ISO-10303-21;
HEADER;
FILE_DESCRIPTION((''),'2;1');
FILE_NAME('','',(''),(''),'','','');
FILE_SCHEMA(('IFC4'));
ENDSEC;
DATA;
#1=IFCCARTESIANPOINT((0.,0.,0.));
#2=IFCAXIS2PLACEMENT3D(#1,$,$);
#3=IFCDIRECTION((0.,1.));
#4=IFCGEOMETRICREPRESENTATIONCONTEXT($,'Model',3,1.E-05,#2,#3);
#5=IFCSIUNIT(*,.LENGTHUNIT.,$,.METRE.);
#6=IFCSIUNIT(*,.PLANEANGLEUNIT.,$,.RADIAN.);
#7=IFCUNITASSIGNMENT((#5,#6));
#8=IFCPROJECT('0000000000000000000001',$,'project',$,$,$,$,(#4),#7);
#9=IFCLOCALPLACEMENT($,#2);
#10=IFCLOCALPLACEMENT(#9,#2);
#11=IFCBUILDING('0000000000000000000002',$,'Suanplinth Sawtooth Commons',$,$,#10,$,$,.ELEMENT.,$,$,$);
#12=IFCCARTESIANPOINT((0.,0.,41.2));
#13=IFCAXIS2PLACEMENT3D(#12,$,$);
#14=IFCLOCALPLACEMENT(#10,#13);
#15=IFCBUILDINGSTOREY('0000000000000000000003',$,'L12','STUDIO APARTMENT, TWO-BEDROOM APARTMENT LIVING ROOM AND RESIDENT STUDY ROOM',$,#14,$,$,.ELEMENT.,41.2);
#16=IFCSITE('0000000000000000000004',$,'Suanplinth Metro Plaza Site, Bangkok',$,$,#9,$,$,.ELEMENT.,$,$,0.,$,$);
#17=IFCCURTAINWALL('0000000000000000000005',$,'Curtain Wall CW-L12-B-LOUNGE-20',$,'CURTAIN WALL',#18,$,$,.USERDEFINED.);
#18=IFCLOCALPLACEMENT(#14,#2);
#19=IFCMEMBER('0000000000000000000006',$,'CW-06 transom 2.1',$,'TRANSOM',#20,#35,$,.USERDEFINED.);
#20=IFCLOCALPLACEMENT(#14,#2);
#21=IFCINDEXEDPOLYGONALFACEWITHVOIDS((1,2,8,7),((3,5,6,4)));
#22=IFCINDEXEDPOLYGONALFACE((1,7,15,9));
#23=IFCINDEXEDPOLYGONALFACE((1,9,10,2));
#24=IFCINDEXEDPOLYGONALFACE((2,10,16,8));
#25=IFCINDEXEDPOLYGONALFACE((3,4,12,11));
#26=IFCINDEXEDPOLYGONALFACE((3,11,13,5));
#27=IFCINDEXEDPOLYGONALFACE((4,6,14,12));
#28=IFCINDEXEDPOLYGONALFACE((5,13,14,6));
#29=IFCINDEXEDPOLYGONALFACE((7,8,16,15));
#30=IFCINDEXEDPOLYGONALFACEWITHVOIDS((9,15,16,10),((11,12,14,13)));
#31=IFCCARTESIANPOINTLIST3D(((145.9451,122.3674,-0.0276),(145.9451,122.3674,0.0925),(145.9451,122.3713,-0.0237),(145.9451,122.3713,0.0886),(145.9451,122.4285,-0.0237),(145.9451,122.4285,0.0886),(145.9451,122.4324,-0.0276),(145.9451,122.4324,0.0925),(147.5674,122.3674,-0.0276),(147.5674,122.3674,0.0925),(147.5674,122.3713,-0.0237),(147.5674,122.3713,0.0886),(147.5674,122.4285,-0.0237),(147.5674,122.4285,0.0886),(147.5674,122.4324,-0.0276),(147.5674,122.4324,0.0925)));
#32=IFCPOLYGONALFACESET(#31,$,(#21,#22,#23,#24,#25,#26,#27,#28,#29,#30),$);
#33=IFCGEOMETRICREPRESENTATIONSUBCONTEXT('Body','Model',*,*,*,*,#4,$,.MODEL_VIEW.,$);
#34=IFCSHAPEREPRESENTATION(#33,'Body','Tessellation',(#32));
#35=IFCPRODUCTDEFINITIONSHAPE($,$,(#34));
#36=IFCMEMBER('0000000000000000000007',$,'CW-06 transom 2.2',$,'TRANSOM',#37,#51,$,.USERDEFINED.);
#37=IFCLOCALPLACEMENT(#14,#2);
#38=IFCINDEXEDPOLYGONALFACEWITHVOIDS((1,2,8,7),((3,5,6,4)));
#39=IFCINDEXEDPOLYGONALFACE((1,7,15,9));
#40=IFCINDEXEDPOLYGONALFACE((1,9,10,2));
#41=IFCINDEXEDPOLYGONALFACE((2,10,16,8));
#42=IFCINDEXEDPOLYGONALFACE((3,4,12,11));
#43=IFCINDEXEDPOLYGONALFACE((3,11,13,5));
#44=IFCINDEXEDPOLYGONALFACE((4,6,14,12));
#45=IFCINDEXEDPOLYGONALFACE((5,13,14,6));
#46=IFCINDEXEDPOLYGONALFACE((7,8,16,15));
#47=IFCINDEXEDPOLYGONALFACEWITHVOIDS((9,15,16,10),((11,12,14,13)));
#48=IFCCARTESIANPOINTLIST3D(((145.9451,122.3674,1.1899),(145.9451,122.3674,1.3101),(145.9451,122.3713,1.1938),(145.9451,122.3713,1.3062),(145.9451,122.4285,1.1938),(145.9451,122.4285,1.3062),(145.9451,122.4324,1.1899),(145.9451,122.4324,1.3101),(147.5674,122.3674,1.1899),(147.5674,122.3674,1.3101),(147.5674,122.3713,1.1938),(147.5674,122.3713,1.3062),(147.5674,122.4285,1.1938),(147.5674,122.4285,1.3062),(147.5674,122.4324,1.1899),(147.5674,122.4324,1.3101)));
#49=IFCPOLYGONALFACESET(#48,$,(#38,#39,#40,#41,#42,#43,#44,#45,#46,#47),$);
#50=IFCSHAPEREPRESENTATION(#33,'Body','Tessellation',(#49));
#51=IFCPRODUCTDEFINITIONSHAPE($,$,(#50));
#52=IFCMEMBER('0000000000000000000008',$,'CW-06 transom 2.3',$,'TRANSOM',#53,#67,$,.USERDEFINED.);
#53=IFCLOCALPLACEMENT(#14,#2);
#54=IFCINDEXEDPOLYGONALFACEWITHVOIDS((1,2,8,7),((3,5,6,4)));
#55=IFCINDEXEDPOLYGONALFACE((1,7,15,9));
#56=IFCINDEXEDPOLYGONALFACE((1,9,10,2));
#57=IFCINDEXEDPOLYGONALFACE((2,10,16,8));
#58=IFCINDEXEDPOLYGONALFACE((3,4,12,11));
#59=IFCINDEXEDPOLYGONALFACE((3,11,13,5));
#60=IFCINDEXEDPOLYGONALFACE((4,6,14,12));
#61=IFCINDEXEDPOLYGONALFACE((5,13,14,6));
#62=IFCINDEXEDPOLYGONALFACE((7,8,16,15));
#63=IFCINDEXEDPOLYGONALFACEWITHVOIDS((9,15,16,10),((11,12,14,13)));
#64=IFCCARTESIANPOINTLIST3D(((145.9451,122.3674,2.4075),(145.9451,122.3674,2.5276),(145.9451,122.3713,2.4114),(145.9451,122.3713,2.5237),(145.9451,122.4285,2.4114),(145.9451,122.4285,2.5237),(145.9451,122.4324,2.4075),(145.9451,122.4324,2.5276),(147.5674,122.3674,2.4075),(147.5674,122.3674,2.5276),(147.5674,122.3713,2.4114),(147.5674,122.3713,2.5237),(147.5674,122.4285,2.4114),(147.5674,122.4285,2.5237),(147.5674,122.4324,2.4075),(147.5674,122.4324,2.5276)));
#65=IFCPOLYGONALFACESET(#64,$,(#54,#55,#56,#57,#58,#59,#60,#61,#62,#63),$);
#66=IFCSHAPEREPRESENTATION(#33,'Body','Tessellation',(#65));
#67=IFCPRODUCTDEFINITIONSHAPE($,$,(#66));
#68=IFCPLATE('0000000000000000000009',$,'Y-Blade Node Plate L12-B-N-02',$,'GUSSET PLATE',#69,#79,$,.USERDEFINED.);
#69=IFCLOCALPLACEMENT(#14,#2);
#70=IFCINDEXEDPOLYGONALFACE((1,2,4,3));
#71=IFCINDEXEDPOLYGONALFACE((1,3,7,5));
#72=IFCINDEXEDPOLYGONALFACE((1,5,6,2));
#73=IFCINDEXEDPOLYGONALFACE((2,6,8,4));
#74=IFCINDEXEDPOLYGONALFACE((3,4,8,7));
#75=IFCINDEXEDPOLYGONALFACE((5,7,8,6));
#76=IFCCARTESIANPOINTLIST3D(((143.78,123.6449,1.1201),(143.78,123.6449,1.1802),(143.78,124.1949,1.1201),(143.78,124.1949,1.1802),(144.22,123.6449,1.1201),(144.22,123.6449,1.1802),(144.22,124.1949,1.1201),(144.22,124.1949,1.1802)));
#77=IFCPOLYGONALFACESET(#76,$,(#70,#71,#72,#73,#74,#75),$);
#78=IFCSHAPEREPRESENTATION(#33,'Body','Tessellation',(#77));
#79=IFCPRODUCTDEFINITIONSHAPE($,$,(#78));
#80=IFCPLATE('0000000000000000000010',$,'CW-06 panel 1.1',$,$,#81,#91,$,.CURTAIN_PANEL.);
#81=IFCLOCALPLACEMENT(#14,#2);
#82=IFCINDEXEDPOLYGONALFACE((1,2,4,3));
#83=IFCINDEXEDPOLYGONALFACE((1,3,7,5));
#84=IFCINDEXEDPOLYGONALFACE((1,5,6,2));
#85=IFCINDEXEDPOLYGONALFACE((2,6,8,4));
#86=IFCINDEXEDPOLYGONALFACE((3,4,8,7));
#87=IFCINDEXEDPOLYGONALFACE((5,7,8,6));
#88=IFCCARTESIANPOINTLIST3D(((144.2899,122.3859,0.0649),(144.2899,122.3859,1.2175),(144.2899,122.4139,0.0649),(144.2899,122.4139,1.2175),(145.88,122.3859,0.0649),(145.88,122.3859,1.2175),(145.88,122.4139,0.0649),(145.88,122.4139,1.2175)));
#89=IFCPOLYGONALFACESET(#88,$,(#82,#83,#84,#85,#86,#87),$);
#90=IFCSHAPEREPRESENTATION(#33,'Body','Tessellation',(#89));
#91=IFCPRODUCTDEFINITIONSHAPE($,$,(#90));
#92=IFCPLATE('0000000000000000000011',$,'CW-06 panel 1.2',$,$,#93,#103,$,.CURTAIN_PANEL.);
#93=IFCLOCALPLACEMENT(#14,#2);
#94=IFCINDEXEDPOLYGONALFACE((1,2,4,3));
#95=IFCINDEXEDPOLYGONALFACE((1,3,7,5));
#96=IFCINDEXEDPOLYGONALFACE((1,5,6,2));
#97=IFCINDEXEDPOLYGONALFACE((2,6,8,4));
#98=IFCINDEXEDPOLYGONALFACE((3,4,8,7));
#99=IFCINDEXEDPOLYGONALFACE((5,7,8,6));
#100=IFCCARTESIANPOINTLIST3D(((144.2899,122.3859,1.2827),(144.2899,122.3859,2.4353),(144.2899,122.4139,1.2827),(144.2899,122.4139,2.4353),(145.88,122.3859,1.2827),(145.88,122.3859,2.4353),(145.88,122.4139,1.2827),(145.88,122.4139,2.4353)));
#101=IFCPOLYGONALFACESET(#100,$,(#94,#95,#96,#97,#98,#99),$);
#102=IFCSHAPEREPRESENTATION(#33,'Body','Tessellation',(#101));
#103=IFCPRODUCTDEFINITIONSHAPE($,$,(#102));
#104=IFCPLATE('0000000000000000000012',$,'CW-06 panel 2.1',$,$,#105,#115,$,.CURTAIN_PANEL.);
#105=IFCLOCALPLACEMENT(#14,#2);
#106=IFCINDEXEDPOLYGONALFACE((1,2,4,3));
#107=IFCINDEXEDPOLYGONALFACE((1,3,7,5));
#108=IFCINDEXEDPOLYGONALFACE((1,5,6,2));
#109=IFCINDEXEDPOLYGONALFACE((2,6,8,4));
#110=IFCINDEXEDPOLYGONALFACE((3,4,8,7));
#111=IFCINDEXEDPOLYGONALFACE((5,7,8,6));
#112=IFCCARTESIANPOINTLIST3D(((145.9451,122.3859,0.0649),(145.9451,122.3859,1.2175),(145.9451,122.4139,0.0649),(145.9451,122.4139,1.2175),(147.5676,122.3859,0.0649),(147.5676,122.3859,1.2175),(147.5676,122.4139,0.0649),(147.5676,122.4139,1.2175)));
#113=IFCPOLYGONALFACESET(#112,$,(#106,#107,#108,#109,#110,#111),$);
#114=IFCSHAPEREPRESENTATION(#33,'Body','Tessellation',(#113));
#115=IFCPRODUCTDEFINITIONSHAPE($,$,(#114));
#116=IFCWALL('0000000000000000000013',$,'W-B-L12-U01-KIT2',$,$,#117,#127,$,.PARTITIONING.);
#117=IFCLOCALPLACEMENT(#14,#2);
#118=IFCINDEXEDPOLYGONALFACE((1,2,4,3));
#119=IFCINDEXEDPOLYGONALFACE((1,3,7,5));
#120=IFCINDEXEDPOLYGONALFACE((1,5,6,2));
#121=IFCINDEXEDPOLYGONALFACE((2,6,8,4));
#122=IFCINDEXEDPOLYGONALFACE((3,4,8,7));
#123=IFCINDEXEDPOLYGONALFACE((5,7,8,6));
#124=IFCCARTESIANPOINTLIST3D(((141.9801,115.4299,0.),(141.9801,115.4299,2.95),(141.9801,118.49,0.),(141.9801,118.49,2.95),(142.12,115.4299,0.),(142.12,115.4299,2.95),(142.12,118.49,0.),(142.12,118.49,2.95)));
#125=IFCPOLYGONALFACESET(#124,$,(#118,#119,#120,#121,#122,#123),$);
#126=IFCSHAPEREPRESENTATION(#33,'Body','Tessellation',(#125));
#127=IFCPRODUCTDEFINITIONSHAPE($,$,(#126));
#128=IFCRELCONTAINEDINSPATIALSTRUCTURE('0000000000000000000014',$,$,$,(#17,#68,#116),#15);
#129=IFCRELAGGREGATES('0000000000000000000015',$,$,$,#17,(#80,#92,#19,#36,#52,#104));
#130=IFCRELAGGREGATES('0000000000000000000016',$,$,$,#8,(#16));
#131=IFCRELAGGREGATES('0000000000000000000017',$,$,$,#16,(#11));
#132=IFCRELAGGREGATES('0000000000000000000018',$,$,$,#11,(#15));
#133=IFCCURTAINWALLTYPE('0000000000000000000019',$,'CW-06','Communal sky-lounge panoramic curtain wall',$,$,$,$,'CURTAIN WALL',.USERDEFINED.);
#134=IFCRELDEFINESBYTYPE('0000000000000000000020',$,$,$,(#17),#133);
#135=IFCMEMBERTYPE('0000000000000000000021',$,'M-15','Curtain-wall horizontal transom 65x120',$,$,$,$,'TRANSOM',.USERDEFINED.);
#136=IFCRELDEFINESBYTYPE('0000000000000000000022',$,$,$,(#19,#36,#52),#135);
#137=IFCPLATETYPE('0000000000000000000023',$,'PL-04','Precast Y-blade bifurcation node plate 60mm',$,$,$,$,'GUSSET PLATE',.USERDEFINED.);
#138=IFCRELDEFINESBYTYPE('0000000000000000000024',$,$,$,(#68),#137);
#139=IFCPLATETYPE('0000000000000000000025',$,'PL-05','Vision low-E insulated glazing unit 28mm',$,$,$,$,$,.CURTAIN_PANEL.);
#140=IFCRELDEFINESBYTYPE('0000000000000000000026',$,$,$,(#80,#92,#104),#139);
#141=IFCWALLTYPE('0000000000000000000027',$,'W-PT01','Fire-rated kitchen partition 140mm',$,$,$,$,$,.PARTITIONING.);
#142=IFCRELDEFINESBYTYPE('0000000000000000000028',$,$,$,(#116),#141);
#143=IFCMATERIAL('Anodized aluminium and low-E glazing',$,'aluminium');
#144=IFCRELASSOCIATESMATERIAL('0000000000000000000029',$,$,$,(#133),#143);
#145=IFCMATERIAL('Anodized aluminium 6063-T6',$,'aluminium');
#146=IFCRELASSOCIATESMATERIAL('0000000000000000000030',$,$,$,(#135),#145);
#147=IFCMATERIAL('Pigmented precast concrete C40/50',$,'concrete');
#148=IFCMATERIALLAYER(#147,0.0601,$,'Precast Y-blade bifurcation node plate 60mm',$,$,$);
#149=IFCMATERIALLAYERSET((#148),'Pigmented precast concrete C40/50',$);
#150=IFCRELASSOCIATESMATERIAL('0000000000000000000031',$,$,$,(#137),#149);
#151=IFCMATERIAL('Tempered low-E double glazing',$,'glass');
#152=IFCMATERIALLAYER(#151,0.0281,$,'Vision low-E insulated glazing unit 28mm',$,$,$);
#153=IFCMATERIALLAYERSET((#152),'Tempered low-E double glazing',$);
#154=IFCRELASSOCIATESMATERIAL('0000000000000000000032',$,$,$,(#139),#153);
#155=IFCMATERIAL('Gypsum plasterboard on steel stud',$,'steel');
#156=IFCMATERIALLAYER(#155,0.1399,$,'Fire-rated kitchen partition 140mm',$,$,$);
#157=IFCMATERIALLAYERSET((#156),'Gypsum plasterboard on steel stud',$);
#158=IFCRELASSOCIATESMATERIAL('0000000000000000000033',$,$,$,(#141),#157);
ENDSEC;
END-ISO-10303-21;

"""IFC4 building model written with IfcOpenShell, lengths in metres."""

from ifc_helpers import new_model, si_unit, direction, frame, frame_2d, origin, origin_2d, place, context, subcontext, project, spatial, rectangle, hollow_rectangle, extrude, material, layer, layer_set, material_profile, profile_set, type_object, element, aggregate, save


model = new_model("IFC4")

# Units and contexts
model_context = context("Model", 3, precision=1e-05, world=origin(), true_north=direction((0.0, 1.0)))
body_context = subcontext(model_context, "Body", "Model", "MODEL_VIEW")
ifc_project = project(units=[si_unit("LENGTHUNIT", "METRE"), si_unit("PLANEANGLEUNIT", "RADIAN")], contexts=[model_context])

# Site, building, storey
site_placement = place(None, origin())
site = spatial("IfcSite", under=ifc_project, at=site_placement, Name="Suanplinth Metro Plaza Site, Bangkok", CompositionType="ELEMENT", RefElevation=0.0)
building_placement = place(site_placement, origin())
building = spatial("IfcBuilding", under=site, at=building_placement, Name="Suanplinth Sawtooth Commons", CompositionType="ELEMENT")
storey_placement = place(building_placement, frame((0.0, 0.0, 41.2)))
storey = spatial("IfcBuildingStorey", under=building, at=storey_placement, Name="L12", Description="STUDIO APARTMENT, TWO-BEDROOM APARTMENT LIVING ROOM AND RESIDENT STUDY ROOM", CompositionType="ELEMENT", Elevation=41.2)

# Shared definitions
ifc_material_1 = material(Name="Pigmented precast concrete C40/50", Category="concrete")

# Curtain wall, members
ifc_material_2 = material(Name="Anodized aluminium and low-E glazing", Category="aluminium")
curtain_wall_type = type_object("IfcCurtainWallType", Name="CW-06", Description="Communal sky-lounge panoramic curtain wall", ElementType="CURTAIN WALL", PredefinedType="USERDEFINED", material=ifc_material_2)
curtain_wall_placement = place(storey_placement, origin())
curtain_wall = element("IfcCurtainWall", 1, at=curtain_wall_placement, inside=storey, type_object=curtain_wall_type, Name="Curtain Wall CW-L12-B-LOUNGE-20", ObjectType="CURTAIN WALL", PredefinedType="USERDEFINED")
ifc_material_3 = material(Name="Anodized aluminium 6063-T6", Category="aluminium")
ifc_material_profile_1 = material_profile(ifc_material_3, hollow_rectangle(XDim=0.0649, YDim=0.1201, WallThickness=0.0039, at=origin_2d()), Name="ALU-TRN 65x120")
ifc_profile_set_1 = profile_set([ifc_material_profile_1], Name="Anodized aluminium 6063-T6")
member_type_1 = type_object("IfcMemberType", Name="M-15", Description="Curtain-wall horizontal transom 65x120", ElementType="TRANSOM", PredefinedType="USERDEFINED", material=ifc_profile_set_1)
member_1_placement = place(storey_placement, frame((145.9451, 122.3999, 0.0325), z_axis=(1.0, 0.0, 0.0), x_axis=(0.0, 1.0, 0.0)))
member_1 = element("IfcMember", 2, at=member_1_placement, type_object=member_type_1, Name="CW-06 transom 2.1", ObjectType="TRANSOM", PredefinedType="USERDEFINED", context=body_context, shape_type="SweptSolid", body=[
    extrude(hollow_rectangle(XDim=0.0649, YDim=0.1201, WallThickness=0.0039, at=origin_2d()), origin(), (0.0, 0.0, 1.0), 1.6223),
])
member_2_placement = place(storey_placement, frame((145.9451, 122.3999, 1.25), z_axis=(1.0, 0.0, 0.0), x_axis=(0.0, 1.0, 0.0)))
member_2 = element("IfcMember", 3, at=member_2_placement, type_object=member_type_1, Name="CW-06 transom 2.2", ObjectType="TRANSOM", PredefinedType="USERDEFINED", context=body_context, shape_type="SweptSolid", body=[
    extrude(hollow_rectangle(XDim=0.0649, YDim=0.1201, WallThickness=0.0039, at=origin_2d()), origin(), (0.0, 0.0, 1.0), 1.6223),
])
member_3_placement = place(storey_placement, frame((145.9451, 122.3999, 2.4675), z_axis=(1.0, 0.0, 0.0), x_axis=(0.0, 1.0, 0.0)))
member_3 = element("IfcMember", 4, at=member_3_placement, type_object=member_type_1, Name="CW-06 transom 2.3", ObjectType="TRANSOM", PredefinedType="USERDEFINED", context=body_context, shape_type="SweptSolid", body=[
    extrude(hollow_rectangle(XDim=0.0649, YDim=0.1201, WallThickness=0.0039, at=origin_2d()), origin(), (0.0, 0.0, 1.0), 1.6223),
])

# Plates
ifc_layer_1 = layer(ifc_material_1, 0.0601, Name="Precast Y-blade bifurcation node plate 60mm")
ifc_layer_set_1 = layer_set([ifc_layer_1], Name="Pigmented precast concrete C40/50")
plate_type_1 = type_object("IfcPlateType", Name="PL-04", Description="Precast Y-blade bifurcation node plate 60mm", ElementType="GUSSET PLATE", PredefinedType="USERDEFINED", material=ifc_layer_set_1)
plate_1_placement = place(storey_placement, frame((144.0, 123.9199, 1.1201), z_axis=(0.0, 0.0, 1.0), x_axis=(1.0, 0.0, 0.0)))
element("IfcPlate", 5, at=plate_1_placement, inside=storey, type_object=plate_type_1, Name="Y-Blade Node Plate L12-B-N-02", ObjectType="GUSSET PLATE", PredefinedType="USERDEFINED", context=body_context, shape_type="SweptSolid", body=[
    extrude(rectangle(XDim=0.4399, YDim=0.55, at=origin_2d()), origin(), (0.0, 0.0, 1.0), 0.0601),
])
ifc_material_4 = material(Name="Tempered low-E double glazing", Category="glass")
ifc_layer_2 = layer(ifc_material_4, 0.0281, Name="Vision low-E insulated glazing unit 28mm")
ifc_layer_set_2 = layer_set([ifc_layer_2], Name="Tempered low-E double glazing")
plate_type_2 = type_object("IfcPlateType", Name="PL-05", Description="Vision low-E insulated glazing unit 28mm", PredefinedType="CURTAIN_PANEL", material=ifc_layer_set_2)
plate_2_placement = place(storey_placement, frame((145.085, 122.3999, 0.0649), z_axis=(0.0, 0.0, 1.0), x_axis=(1.0, 0.0, 0.0)))
plate_2 = element("IfcPlate", 6, at=plate_2_placement, type_object=plate_type_2, Name="CW-06 panel 1.1", PredefinedType="CURTAIN_PANEL", context=body_context, shape_type="SweptSolid", body=[
    extrude(rectangle(XDim=1.5901, YDim=0.0281, at=origin_2d()), origin(), (0.0, 0.0, 1.0), 1.1526),
])
plate_3_placement = place(storey_placement, frame((145.085, 122.3999, 1.2827), z_axis=(0.0, 0.0, 1.0), x_axis=(1.0, 0.0, 0.0)))
plate_3 = element("IfcPlate", 7, at=plate_3_placement, type_object=plate_type_2, Name="CW-06 panel 1.2", PredefinedType="CURTAIN_PANEL", context=body_context, shape_type="SweptSolid", body=[
    extrude(rectangle(XDim=1.5901, YDim=0.0281, at=origin_2d()), origin(), (0.0, 0.0, 1.0), 1.1526),
])
plate_4_placement = place(storey_placement, frame((146.7563, 122.3999, 0.0649), z_axis=(0.0, 0.0, 1.0), x_axis=(1.0, 0.0, 0.0)))
plate_4 = element("IfcPlate", 8, at=plate_4_placement, type_object=plate_type_2, Name="CW-06 panel 2.1", PredefinedType="CURTAIN_PANEL", context=body_context, shape_type="SweptSolid", body=[
    extrude(rectangle(XDim=1.6226, YDim=0.0281, at=origin_2d()), origin(), (0.0, 0.0, 1.0), 1.1526),
])
aggregate(curtain_wall, [plate_2, plate_3, member_1, member_2, member_3, plate_4])

# Wall
ifc_material_5 = material(Name="Gypsum plasterboard on steel stud", Category="steel")
ifc_layer_3 = layer(ifc_material_5, 0.1399, Name="Fire-rated kitchen partition 140mm")
ifc_layer_set_3 = layer_set([ifc_layer_3], Name="Gypsum plasterboard on steel stud")
wall_type_1 = type_object("IfcWallType", Name="W-PT01", Description="Fire-rated kitchen partition 140mm", PredefinedType="PARTITIONING", material=ifc_layer_set_3)
wall_1_placement = place(storey_placement, frame((142.05, 115.4299, 0.0), z_axis=(0.0, 0.0, 1.0), x_axis=(0.0, 1.0, 0.0)))
element("IfcWall", 9, at=wall_1_placement, inside=storey, type_object=wall_type_1, Name="W-B-L12-U01-KIT2", PredefinedType="PARTITIONING", context=body_context, shape_type="SweptSolid", body=[
    extrude(rectangle(XDim=3.0601, YDim=0.1399, at=frame_2d((1.53, 0.0))), origin(), (0.0, 0.0, 1.0), 2.95),
])

save(model, "model.ifc")
